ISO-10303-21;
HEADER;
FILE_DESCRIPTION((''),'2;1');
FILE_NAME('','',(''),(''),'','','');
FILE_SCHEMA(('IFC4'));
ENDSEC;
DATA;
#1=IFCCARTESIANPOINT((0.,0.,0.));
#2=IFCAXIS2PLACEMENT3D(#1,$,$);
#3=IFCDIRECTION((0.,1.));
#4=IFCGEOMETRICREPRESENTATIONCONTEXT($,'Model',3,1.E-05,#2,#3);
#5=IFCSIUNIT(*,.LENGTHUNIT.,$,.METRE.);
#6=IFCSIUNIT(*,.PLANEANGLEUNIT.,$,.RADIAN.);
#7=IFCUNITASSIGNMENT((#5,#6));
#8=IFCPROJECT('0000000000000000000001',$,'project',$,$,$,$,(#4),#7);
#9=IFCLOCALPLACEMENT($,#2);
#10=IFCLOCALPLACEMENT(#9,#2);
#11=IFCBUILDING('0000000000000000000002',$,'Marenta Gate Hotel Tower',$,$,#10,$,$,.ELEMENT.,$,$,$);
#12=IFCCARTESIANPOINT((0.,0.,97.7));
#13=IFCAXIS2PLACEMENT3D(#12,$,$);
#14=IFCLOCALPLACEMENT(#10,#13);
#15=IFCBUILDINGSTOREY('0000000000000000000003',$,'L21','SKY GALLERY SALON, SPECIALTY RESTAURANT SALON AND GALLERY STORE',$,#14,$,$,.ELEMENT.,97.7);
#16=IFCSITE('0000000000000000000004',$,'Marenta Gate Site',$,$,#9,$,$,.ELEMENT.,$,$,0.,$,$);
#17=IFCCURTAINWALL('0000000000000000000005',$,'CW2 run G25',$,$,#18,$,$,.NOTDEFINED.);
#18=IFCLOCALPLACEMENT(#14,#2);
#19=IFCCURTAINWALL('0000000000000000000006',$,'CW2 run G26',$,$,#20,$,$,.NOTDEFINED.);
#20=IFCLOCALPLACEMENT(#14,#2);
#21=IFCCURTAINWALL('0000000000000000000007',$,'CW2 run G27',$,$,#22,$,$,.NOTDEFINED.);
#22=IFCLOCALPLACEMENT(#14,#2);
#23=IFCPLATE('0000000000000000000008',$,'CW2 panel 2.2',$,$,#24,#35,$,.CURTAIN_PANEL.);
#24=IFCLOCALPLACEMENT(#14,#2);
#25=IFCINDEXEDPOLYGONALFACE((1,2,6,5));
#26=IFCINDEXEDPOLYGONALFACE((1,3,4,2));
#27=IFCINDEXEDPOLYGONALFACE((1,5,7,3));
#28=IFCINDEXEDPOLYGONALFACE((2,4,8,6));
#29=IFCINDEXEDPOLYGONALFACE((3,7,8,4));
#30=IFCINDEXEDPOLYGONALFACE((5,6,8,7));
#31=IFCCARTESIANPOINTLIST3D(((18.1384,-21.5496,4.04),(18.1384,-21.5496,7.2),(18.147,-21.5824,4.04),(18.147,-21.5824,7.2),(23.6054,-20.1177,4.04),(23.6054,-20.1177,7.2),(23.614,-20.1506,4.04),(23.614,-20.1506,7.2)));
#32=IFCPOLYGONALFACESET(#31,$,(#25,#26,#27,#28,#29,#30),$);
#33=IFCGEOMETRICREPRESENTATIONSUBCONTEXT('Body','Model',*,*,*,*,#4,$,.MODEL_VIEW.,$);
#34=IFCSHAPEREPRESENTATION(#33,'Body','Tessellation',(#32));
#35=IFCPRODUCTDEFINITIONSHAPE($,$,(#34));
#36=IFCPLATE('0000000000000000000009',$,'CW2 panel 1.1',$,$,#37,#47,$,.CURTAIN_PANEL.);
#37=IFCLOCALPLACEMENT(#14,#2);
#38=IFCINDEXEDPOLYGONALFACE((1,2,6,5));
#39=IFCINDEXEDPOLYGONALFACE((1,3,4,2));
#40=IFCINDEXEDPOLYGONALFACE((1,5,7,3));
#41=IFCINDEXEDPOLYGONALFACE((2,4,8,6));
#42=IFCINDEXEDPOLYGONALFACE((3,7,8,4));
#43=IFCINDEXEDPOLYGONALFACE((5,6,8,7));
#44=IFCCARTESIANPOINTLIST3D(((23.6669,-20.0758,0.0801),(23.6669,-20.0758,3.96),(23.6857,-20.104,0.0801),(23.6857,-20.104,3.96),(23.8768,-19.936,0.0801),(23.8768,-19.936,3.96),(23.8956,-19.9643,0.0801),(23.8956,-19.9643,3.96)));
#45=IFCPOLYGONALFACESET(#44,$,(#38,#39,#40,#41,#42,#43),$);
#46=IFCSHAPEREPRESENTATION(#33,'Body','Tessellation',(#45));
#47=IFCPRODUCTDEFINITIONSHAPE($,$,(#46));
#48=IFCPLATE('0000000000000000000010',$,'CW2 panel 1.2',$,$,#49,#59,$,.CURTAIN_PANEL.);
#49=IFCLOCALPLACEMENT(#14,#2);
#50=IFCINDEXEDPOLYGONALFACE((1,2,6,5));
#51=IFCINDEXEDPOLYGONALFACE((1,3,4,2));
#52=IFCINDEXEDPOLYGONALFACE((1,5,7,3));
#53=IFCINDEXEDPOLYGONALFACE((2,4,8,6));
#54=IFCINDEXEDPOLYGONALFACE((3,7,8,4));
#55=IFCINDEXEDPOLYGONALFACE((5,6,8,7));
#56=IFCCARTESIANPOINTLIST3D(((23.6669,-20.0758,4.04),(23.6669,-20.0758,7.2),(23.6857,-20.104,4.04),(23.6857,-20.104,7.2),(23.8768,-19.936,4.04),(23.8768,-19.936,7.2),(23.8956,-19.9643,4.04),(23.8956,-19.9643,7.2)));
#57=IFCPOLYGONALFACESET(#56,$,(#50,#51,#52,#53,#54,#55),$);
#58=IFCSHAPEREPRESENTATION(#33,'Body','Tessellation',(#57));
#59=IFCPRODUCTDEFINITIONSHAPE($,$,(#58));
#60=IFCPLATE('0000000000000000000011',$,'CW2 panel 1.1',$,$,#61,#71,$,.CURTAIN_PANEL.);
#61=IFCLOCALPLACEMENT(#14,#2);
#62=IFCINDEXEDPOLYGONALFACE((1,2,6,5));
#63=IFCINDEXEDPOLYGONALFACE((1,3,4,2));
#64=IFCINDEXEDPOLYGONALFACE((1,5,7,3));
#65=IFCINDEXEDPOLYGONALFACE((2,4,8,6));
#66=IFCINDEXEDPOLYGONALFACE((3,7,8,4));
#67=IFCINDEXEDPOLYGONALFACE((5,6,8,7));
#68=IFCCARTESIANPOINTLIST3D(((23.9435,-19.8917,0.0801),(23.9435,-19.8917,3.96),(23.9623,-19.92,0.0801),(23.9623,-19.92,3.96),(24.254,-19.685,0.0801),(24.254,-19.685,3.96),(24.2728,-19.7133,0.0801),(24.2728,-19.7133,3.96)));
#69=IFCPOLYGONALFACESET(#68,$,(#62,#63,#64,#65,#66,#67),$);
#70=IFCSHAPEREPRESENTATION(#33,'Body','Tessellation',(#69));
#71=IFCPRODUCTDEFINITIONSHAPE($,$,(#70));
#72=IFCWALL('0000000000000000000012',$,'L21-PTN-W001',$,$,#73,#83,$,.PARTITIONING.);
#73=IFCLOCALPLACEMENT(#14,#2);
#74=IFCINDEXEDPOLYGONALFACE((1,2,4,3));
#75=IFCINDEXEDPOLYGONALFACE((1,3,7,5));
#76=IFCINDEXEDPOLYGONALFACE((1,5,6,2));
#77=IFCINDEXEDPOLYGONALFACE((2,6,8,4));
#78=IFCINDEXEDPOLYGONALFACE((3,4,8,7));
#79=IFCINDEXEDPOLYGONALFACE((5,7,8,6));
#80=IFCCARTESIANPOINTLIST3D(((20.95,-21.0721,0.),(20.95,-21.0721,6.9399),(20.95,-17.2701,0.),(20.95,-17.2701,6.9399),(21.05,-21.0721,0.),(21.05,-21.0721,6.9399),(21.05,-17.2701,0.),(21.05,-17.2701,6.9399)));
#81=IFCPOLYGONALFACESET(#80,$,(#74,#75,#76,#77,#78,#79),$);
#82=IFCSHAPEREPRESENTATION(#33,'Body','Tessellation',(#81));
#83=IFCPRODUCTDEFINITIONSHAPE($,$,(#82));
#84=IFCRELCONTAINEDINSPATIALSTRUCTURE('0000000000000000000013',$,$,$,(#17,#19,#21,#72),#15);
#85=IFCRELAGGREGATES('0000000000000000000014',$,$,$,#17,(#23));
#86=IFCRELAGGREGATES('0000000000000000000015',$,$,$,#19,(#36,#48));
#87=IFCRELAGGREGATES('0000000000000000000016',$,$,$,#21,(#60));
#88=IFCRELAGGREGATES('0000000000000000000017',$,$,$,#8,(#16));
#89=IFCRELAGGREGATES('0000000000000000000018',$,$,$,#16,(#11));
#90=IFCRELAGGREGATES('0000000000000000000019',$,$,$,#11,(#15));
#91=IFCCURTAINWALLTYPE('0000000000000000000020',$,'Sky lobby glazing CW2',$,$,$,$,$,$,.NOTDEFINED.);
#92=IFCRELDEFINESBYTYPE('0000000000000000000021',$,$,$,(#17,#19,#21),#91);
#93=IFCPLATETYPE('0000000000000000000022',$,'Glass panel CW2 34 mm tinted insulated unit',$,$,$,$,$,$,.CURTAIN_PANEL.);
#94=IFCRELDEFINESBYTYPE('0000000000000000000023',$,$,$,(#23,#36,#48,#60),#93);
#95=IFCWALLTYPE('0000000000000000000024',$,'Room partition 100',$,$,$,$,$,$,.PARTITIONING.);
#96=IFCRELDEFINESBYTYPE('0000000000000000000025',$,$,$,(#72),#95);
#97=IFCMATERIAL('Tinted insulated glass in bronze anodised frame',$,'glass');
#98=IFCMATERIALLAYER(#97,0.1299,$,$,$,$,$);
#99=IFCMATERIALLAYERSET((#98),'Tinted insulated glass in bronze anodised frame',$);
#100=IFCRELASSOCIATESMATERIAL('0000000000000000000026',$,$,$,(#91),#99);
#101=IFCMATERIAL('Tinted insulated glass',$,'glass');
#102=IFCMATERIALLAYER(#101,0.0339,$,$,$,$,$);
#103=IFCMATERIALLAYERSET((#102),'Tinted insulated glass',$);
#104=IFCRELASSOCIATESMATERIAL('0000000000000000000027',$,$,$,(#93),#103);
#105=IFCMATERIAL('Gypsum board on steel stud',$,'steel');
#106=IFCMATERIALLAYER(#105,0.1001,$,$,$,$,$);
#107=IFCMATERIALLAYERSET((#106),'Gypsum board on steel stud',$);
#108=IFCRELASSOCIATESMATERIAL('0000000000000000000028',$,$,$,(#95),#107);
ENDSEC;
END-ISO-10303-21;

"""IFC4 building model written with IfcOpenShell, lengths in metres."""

from ifc_helpers import new_model, si_unit, direction, frame, frame_2d, origin, origin_2d, place, context, subcontext, project, spatial, rectangle, extrude, material, layer, layer_set, type_object, element, aggregate, save


model = new_model("IFC4")

# Units and contexts
model_context = context("Model", 3, precision=1e-05, world=origin(), true_north=direction((0.0, 1.0)))
body_context = subcontext(model_context, "Body", "Model", "MODEL_VIEW")
ifc_project = project(units=[si_unit("LENGTHUNIT", "METRE"), si_unit("PLANEANGLEUNIT", "RADIAN")], contexts=[model_context])

# Site, building, storey
site_placement = place(None, origin())
site = spatial("IfcSite", under=ifc_project, at=site_placement, Name="Marenta Gate Site", CompositionType="ELEMENT", RefElevation=0.0)
building_placement = place(site_placement, origin())
building = spatial("IfcBuilding", under=site, at=building_placement, Name="Marenta Gate Hotel Tower", CompositionType="ELEMENT")
storey_placement = place(building_placement, frame((0.0, 0.0, 97.7)))
storey = spatial("IfcBuildingStorey", under=building, at=storey_placement, Name="L21", Description="SKY GALLERY SALON, SPECIALTY RESTAURANT SALON AND GALLERY STORE", CompositionType="ELEMENT", Elevation=97.7)

# Curtain walls
ifc_material_1 = material(Name="Tinted insulated glass in bronze anodised frame", Category="glass")
ifc_layer_1 = layer(ifc_material_1, 0.1299)
ifc_layer_set_1 = layer_set([ifc_layer_1], Name="Tinted insulated glass in bronze anodised frame")
curtain_wall_type = type_object("IfcCurtainWallType", Name="Sky lobby glazing CW2", PredefinedType="NOTDEFINED", material=ifc_layer_set_1)
curtain_wall_1_placement = place(storey_placement, origin())
curtain_wall_1 = element("IfcCurtainWall", 1, at=curtain_wall_1_placement, inside=storey, type_object=curtain_wall_type, Name="CW2 run G25", PredefinedType="NOTDEFINED")
curtain_wall_2_placement = place(storey_placement, origin())
curtain_wall_2 = element("IfcCurtainWall", 2, at=curtain_wall_2_placement, inside=storey, type_object=curtain_wall_type, Name="CW2 run G26", PredefinedType="NOTDEFINED")
curtain_wall_3_placement = place(storey_placement, origin())
curtain_wall_3 = element("IfcCurtainWall", 3, at=curtain_wall_3_placement, inside=storey, type_object=curtain_wall_type, Name="CW2 run G27", PredefinedType="NOTDEFINED")

# Plates
ifc_material_2 = material(Name="Tinted insulated glass", Category="glass")
ifc_layer_2 = layer(ifc_material_2, 0.0339)
ifc_layer_set_2 = layer_set([ifc_layer_2], Name="Tinted insulated glass")
plate_type = type_object("IfcPlateType", Name="Glass panel CW2 34 mm tinted insulated unit", PredefinedType="CURTAIN_PANEL", material=ifc_layer_set_2)
plate_1_placement = place(storey_placement, frame((20.8762, -20.8501, 4.04), z_axis=(0.0, 0.0, 1.0), x_axis=(0.96737, 0.253367, 0.0)))
plate_1 = element("IfcPlate", 4, at=plate_1_placement, type_object=plate_type, Name="CW2 panel 2.2", PredefinedType="CURTAIN_PANEL", context=body_context, shape_type="SweptSolid", body=[
    extrude(rectangle(XDim=5.6514, YDim=0.0339, at=origin_2d()), origin(), (0.0, 0.0, 1.0), 3.1599),
])
aggregate(curtain_wall_1, [plate_1])
plate_2_placement = place(storey_placement, frame((23.7812, -20.02, 0.0801), z_axis=(0.0, 0.0, 1.0), x_axis=(0.832467, 0.554075, 0.0)))
plate_2 = element("IfcPlate", 5, at=plate_2_placement, type_object=plate_type, Name="CW2 panel 1.1", PredefinedType="CURTAIN_PANEL", context=body_context, shape_type="SweptSolid", body=[
    extrude(rectangle(XDim=0.2522, YDim=0.0339, at=origin_2d()), origin(), (0.0, 0.0, 1.0), 3.8799),
])
plate_3_placement = place(storey_placement, frame((23.7812, -20.02, 4.04), z_axis=(0.0, 0.0, 1.0), x_axis=(0.832467, 0.554075, 0.0)))
plate_3 = element("IfcPlate", 6, at=plate_3_placement, type_object=plate_type, Name="CW2 panel 1.2", PredefinedType="CURTAIN_PANEL", context=body_context, shape_type="SweptSolid", body=[
    extrude(rectangle(XDim=0.2522, YDim=0.0339, at=origin_2d()), origin(), (0.0, 0.0, 1.0), 3.1599),
])
aggregate(curtain_wall_2, [plate_2, plate_3])
plate_4_placement = place(storey_placement, frame((24.1082, -19.8025, 0.0801), z_axis=(0.0, 0.0, 1.0), x_axis=(0.832458, 0.554089, 0.0)))
plate_4 = element("IfcPlate", 7, at=plate_4_placement, type_object=plate_type, Name="CW2 panel 1.1", PredefinedType="CURTAIN_PANEL", context=body_context, shape_type="SweptSolid", body=[
    extrude(rectangle(XDim=0.373, YDim=0.0339, at=origin_2d()), origin(), (0.0, 0.0, 1.0), 3.8799),
])
aggregate(curtain_wall_3, [plate_4])

# Wall
ifc_material_3 = material(Name="Gypsum board on steel stud", Category="steel")
ifc_layer_3 = layer(ifc_material_3, 0.1001)
ifc_layer_set_3 = layer_set([ifc_layer_3], Name="Gypsum board on steel stud")
wall_type = type_object("IfcWallType", Name="Room partition 100", PredefinedType="PARTITIONING", material=ifc_layer_set_3)
wall_placement = place(storey_placement, frame((21.0, -21.072, 0.0), z_axis=(0.0, 0.0, 1.0), x_axis=(0.0, 1.0, 0.0)))
element("IfcWall", 8, at=wall_placement, inside=storey, type_object=wall_type, Name="L21-PTN-W001", PredefinedType="PARTITIONING", context=body_context, shape_type="SweptSolid", body=[
    extrude(rectangle(XDim=3.802, YDim=0.1001, at=frame_2d((1.9009, 0.0))), origin(), (0.0, 0.0, 1.0), 6.9399),
])

save(model, "model.ifc")
